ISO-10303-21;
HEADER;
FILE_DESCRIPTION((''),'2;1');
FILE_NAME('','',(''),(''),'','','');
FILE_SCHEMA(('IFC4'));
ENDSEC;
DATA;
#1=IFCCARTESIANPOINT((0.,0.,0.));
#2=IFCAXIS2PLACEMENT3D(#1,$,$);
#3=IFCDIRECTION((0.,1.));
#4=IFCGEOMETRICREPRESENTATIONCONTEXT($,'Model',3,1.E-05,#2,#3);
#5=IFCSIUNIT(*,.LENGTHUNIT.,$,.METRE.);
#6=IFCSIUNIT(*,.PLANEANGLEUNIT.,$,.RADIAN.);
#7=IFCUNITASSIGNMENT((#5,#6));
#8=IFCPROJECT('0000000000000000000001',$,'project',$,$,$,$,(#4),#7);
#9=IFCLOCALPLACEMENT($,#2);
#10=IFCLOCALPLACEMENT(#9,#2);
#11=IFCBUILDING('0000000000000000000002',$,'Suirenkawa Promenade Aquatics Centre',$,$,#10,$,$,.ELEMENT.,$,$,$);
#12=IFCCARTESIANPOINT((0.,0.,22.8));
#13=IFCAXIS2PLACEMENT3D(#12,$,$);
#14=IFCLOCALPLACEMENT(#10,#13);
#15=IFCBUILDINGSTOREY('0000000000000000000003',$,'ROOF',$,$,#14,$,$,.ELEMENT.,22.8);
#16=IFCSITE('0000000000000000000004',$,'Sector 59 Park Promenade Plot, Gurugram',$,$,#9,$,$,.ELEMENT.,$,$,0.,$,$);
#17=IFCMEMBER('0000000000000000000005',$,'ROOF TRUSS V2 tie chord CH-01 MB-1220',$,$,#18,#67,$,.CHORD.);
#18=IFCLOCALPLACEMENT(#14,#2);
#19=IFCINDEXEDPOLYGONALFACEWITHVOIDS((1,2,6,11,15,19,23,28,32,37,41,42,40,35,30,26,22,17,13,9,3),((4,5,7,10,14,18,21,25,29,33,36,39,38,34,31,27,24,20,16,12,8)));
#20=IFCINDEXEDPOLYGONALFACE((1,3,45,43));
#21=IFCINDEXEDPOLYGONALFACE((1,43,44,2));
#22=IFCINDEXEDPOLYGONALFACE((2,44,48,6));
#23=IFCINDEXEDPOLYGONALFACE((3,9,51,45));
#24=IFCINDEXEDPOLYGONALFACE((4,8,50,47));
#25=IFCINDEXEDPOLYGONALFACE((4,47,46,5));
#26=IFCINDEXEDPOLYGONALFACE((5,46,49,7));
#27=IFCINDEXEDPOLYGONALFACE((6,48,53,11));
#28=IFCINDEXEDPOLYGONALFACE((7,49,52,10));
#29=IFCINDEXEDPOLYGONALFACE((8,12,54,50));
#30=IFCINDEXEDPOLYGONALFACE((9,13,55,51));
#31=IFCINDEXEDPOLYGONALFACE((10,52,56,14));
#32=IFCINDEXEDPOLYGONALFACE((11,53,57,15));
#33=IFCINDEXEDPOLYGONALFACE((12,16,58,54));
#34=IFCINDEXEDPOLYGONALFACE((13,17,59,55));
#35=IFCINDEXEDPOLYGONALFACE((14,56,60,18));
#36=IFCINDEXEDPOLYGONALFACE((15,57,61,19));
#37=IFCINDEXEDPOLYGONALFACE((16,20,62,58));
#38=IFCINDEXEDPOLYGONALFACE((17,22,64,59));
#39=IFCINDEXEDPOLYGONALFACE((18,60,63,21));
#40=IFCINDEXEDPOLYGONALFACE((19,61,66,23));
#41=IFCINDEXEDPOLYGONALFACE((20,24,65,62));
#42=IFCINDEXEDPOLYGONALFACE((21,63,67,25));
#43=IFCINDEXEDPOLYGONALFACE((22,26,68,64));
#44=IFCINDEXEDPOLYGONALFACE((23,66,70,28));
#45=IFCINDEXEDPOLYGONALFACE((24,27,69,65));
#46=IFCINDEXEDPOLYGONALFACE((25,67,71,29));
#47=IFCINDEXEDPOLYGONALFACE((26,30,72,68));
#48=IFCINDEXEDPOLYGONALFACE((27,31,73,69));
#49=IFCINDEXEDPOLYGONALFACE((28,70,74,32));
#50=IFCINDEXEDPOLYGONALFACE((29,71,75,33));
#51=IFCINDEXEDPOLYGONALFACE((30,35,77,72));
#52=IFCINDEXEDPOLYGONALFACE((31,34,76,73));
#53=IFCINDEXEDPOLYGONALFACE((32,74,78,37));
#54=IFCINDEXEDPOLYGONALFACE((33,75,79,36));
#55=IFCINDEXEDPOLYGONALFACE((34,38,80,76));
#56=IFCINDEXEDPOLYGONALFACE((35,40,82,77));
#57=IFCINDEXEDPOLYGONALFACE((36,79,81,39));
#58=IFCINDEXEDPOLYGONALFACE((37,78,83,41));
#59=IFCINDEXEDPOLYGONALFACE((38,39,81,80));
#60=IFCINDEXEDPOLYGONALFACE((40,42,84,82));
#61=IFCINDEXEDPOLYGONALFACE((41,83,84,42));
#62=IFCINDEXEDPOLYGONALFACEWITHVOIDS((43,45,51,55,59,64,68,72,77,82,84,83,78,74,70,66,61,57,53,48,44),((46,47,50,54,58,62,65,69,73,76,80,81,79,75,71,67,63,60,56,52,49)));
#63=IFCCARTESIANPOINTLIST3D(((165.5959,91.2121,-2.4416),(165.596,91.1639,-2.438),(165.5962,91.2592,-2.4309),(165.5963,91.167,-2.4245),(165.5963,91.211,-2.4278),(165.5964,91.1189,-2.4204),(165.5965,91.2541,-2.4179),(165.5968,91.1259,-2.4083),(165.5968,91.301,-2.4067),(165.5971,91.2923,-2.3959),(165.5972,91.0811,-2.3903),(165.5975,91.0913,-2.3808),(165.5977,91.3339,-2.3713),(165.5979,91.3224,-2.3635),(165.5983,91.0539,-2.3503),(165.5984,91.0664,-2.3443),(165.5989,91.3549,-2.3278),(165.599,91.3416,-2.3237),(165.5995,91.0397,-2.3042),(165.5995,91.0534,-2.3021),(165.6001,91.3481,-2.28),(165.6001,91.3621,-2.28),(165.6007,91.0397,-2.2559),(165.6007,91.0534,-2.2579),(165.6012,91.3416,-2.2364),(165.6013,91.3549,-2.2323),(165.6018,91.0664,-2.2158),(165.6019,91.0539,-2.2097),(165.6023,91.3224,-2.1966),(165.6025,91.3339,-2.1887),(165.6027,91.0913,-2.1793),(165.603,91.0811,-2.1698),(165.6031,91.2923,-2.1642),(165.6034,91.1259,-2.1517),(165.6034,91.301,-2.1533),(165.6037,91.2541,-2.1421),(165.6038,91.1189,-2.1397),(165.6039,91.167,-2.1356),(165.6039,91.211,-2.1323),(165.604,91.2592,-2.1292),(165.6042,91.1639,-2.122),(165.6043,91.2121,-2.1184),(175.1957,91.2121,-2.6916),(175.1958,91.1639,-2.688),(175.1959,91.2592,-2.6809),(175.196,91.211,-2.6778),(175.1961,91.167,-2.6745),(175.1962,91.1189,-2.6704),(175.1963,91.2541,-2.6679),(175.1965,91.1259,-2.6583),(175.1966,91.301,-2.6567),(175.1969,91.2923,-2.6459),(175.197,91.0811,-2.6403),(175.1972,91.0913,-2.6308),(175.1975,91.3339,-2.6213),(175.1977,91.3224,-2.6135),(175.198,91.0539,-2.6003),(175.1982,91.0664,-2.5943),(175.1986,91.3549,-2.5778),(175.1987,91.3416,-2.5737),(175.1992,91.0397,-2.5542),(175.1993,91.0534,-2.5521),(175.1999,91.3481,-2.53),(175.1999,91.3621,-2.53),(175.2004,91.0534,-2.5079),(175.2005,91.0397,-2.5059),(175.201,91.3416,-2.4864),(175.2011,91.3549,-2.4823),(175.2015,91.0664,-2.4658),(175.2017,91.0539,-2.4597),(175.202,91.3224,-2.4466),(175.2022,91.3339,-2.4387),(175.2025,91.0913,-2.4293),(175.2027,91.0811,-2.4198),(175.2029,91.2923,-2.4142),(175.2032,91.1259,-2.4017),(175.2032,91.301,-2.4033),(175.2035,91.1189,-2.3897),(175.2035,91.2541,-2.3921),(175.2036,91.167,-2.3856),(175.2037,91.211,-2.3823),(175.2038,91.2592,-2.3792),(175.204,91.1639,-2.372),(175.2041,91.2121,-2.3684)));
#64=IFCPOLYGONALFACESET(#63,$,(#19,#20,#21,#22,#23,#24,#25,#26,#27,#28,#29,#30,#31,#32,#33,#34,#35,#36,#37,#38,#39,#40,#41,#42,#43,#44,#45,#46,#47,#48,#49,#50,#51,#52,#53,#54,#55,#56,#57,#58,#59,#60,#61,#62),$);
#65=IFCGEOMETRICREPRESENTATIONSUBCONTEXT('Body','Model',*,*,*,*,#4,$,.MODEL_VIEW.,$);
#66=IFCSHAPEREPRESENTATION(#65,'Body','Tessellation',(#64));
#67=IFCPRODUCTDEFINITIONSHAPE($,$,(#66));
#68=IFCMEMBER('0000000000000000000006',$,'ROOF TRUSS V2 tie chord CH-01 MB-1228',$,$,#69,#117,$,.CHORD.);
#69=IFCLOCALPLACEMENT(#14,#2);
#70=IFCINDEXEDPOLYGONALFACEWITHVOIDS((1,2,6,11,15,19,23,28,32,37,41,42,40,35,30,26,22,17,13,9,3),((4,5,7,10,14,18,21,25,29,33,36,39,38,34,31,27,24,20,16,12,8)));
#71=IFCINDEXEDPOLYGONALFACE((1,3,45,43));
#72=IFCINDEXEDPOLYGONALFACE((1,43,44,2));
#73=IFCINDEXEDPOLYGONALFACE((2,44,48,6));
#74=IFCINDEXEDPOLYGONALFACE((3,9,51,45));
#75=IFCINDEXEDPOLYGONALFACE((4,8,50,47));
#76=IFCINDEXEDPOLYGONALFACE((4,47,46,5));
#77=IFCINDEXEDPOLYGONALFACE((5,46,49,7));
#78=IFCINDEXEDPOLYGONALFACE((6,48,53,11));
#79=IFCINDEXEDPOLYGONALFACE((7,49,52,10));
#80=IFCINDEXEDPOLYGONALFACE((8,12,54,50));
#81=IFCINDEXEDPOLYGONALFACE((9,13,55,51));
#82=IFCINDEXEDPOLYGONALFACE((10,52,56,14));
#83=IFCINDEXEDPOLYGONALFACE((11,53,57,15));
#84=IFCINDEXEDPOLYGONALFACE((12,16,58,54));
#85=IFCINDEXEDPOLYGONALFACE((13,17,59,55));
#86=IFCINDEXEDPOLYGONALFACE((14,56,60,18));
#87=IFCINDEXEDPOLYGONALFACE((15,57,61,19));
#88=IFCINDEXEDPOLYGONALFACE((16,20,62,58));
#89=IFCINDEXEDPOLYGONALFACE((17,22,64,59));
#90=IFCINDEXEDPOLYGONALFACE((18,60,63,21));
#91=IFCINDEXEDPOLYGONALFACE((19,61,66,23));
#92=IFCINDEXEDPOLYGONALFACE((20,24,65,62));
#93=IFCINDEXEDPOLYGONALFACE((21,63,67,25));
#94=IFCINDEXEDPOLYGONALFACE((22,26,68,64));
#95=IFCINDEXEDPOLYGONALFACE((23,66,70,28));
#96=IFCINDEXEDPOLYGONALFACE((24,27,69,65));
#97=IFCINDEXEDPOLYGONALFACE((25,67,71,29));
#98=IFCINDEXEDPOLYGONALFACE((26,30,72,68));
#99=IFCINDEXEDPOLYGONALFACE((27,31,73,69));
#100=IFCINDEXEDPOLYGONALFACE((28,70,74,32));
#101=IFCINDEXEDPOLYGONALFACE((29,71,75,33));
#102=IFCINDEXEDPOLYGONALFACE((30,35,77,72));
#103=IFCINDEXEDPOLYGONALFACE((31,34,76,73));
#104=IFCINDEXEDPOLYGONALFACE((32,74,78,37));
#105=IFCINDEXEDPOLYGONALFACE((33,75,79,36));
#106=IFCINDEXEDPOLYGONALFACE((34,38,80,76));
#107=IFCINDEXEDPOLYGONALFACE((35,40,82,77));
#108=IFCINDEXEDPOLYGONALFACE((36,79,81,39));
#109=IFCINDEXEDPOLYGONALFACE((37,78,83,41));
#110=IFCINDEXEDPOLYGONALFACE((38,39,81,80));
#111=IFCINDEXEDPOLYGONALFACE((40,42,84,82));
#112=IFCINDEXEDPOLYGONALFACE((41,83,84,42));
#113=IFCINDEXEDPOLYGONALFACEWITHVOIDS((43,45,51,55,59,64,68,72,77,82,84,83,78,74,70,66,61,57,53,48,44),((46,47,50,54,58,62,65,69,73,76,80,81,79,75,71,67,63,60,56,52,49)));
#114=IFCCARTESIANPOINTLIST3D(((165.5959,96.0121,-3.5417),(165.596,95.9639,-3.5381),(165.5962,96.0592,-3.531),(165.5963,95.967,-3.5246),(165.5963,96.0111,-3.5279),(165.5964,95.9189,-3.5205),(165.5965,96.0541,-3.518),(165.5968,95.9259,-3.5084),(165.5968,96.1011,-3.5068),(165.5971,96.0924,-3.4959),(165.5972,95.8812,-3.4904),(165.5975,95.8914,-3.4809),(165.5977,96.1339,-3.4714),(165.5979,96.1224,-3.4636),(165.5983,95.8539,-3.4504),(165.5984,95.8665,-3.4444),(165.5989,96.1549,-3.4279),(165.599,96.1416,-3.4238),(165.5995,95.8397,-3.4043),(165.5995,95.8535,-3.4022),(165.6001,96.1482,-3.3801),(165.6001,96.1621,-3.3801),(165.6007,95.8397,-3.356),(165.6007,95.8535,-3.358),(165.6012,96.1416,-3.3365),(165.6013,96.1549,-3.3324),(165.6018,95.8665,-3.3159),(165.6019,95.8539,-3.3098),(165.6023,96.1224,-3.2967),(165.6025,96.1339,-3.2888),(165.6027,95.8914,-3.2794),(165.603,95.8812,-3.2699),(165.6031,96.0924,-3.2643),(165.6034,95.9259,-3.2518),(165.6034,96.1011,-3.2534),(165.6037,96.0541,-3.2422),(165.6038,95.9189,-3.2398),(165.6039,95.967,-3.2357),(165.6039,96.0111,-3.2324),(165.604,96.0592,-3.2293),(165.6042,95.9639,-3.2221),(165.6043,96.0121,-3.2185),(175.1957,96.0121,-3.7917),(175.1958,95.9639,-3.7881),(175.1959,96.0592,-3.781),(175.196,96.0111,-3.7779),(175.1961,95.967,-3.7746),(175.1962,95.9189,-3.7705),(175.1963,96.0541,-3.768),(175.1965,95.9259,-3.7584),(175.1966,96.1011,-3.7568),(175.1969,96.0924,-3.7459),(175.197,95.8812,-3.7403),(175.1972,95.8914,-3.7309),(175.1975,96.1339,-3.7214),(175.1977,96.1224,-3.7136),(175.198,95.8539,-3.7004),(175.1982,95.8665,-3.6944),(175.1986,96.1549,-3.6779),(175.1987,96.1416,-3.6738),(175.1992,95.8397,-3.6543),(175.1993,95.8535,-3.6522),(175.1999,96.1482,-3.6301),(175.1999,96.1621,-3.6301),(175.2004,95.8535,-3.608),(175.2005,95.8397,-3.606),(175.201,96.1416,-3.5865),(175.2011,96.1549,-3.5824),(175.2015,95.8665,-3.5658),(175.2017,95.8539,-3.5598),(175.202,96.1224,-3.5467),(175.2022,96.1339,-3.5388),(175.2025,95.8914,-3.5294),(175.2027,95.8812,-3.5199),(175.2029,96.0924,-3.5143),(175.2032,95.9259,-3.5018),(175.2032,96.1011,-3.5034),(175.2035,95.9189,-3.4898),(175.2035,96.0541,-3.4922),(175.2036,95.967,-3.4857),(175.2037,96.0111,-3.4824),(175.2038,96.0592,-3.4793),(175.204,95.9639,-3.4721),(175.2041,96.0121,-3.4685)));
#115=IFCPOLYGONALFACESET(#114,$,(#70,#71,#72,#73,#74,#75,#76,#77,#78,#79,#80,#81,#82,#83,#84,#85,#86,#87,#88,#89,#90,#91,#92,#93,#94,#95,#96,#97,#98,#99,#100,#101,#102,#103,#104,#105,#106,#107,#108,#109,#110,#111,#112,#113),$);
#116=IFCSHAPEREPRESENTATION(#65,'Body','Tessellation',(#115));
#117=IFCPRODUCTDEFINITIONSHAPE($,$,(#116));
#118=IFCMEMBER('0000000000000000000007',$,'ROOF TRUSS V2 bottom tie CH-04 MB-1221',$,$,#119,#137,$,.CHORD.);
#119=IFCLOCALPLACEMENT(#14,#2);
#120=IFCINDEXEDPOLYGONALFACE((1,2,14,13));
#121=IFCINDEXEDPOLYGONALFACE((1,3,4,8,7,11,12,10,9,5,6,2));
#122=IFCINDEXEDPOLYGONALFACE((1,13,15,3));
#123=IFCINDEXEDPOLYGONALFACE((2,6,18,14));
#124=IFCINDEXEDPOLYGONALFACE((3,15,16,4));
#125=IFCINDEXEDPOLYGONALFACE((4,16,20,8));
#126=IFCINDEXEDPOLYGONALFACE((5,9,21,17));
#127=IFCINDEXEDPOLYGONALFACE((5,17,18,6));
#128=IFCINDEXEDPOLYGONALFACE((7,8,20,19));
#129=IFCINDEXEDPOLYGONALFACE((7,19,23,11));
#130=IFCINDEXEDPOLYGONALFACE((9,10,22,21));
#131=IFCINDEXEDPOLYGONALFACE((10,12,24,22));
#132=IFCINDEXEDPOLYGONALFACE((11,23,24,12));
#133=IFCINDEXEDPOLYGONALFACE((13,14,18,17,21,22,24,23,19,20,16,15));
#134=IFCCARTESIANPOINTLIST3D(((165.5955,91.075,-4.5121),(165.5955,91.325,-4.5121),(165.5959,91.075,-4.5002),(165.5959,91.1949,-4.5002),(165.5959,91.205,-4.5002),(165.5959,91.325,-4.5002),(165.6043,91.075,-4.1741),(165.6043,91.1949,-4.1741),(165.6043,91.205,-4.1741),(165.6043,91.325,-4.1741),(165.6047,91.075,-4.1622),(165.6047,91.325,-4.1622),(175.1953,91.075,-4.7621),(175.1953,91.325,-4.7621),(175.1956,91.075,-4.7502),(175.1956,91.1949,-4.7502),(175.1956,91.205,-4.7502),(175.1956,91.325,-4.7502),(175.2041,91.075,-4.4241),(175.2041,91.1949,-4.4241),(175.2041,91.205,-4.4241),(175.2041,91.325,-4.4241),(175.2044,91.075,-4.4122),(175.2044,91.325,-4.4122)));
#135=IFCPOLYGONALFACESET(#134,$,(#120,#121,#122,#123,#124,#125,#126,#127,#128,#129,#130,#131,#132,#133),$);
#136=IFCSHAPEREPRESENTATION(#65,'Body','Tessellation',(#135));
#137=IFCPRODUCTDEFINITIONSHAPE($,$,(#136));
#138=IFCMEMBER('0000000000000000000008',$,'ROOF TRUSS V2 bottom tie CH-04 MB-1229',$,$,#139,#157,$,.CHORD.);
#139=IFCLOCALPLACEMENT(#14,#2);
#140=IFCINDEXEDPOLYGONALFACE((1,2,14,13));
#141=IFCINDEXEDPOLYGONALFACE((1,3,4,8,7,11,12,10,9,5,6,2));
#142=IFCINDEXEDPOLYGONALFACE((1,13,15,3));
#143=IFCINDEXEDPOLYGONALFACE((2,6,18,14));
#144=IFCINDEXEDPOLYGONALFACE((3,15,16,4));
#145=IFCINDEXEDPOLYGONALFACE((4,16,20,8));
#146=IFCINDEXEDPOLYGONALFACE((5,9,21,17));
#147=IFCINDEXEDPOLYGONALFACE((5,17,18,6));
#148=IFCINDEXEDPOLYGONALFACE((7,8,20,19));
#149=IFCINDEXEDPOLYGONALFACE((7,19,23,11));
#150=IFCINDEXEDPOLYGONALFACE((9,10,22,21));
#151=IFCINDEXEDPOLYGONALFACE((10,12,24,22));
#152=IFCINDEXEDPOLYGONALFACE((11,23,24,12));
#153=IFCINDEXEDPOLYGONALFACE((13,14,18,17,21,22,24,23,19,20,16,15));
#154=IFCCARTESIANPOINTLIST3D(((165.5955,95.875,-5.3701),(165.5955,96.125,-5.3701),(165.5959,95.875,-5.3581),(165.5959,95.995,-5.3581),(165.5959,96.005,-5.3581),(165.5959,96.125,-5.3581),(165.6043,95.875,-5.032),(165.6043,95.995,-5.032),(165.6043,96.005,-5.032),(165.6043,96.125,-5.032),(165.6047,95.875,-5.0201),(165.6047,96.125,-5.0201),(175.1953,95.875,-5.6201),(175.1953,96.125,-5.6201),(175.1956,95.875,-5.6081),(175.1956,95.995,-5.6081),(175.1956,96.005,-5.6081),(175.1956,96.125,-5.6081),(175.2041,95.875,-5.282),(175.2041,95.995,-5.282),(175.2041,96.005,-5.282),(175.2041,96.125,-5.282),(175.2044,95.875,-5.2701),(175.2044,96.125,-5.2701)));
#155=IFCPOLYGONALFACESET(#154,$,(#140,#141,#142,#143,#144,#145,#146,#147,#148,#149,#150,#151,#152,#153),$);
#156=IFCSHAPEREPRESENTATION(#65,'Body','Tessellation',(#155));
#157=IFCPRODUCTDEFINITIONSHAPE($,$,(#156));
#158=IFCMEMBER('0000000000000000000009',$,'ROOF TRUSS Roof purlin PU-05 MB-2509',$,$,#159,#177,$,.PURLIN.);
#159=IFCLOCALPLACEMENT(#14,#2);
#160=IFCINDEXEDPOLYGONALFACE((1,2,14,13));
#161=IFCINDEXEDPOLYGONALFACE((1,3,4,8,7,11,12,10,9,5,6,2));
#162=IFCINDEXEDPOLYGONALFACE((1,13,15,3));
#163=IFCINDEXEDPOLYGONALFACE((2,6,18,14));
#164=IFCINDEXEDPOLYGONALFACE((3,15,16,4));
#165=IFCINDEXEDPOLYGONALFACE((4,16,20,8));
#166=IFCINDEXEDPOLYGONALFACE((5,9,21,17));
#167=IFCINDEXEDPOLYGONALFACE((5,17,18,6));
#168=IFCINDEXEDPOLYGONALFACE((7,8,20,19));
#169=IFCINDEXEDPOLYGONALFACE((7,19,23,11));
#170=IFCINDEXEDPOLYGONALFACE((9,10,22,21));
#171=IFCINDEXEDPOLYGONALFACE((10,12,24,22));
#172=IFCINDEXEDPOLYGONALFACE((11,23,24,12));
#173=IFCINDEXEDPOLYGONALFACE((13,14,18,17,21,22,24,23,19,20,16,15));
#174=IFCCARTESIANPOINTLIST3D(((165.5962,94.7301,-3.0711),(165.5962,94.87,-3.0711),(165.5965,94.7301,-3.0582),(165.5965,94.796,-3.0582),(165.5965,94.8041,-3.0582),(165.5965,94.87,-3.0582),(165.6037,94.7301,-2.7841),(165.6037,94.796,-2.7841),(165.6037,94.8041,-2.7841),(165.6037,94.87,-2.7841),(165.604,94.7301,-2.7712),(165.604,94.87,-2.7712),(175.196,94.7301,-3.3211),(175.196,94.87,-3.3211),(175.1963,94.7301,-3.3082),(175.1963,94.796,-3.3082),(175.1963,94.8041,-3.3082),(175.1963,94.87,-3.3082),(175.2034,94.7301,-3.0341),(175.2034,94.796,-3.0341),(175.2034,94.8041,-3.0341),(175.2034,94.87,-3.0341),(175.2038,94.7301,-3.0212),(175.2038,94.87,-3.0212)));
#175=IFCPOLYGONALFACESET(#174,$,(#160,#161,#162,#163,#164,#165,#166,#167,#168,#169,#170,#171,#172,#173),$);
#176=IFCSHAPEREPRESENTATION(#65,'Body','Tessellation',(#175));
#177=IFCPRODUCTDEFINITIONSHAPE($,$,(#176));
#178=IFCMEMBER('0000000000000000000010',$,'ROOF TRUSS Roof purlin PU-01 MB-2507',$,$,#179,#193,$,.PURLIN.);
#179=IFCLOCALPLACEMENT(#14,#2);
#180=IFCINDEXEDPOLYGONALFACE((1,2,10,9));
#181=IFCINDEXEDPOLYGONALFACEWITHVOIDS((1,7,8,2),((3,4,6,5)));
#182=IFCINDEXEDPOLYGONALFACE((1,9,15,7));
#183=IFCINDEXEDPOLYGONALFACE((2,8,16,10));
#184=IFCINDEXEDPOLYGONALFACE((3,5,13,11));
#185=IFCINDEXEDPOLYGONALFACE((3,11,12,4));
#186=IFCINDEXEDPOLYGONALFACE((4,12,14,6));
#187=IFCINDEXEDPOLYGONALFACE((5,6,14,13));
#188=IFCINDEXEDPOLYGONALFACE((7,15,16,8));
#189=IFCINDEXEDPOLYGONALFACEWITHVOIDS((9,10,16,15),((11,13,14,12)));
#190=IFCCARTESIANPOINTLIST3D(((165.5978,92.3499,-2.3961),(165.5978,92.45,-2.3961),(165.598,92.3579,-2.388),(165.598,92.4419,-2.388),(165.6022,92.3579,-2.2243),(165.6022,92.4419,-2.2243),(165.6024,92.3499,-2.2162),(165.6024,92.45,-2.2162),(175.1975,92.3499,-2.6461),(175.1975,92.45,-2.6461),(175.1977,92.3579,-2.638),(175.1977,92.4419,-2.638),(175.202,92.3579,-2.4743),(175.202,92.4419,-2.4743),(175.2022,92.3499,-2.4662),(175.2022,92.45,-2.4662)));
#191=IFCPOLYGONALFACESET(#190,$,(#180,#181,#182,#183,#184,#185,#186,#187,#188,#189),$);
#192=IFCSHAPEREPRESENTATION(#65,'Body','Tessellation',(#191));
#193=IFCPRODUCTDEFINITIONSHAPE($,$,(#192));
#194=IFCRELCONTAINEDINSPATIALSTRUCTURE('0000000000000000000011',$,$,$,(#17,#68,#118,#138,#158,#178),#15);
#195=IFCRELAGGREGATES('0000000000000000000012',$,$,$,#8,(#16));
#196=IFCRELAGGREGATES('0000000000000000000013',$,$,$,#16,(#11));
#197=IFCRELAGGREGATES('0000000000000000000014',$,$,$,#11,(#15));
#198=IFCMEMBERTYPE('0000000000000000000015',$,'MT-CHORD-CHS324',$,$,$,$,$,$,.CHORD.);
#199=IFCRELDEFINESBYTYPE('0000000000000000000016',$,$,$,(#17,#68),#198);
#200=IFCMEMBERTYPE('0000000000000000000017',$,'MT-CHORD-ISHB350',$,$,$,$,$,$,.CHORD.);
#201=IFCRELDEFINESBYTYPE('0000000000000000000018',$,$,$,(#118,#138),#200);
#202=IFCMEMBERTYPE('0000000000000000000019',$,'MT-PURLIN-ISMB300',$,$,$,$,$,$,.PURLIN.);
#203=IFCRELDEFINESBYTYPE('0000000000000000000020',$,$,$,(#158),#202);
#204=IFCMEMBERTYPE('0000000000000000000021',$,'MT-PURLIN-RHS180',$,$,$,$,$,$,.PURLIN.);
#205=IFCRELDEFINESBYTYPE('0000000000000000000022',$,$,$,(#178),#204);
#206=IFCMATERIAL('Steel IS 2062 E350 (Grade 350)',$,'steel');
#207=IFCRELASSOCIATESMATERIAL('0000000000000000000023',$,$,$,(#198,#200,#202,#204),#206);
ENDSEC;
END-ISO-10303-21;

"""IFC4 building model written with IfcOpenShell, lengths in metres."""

from ifc_helpers import new_model, si_unit, direction, frame, origin, origin_2d, place, context, subcontext, project, spatial, hollow_rectangle, hollow_circle, i_section, extrude, material, material_profile, profile_set, type_object, element, save


model = new_model("IFC4")

# Units and contexts
model_context = context("Model", 3, precision=1e-05, world=origin(), true_north=direction((0.0, 1.0)))
body_context = subcontext(model_context, "Body", "Model", "MODEL_VIEW")
ifc_project = project(units=[si_unit("LENGTHUNIT", "METRE"), si_unit("PLANEANGLEUNIT", "RADIAN")], contexts=[model_context])

# Site, building, storey
site_placement = place(None, origin())
site = spatial("IfcSite", under=ifc_project, at=site_placement, Name="Sector 59 Park Promenade Plot, Gurugram", CompositionType="ELEMENT", RefElevation=0.0)
building_placement = place(site_placement, origin())
building = spatial("IfcBuilding", under=site, at=building_placement, Name="Suirenkawa Promenade Aquatics Centre", CompositionType="ELEMENT")
storey_placement = place(building_placement, frame((0.0, 0.0, 22.8)))
storey = spatial("IfcBuildingStorey", under=building, at=storey_placement, Name="ROOF", CompositionType="ELEMENT", Elevation=22.8)

# Shared definitions
ifc_material = material(Name="Steel IS 2062 E350 (Grade 350)", Category="steel")

# Members
ifc_material_profile_1 = material_profile(ifc_material, hollow_circle(Radius=0.1621, WallThickness=0.0139, at=origin_2d()), Name="CHS 324x14", Category="steel")
ifc_profile_set_1 = profile_set([ifc_material_profile_1], Name="Steel IS 2062 E350 (Grade 350)")
member_type_1 = type_object("IfcMemberType", Name="MT-CHORD-CHS324", PredefinedType="CHORD", material=ifc_profile_set_1)
for number, where, z_axis, x_axis, name in (
    (1, (165.6001, 91.2, -2.28), (0.999661, 0.0, -0.026033), (0.0, 1.0, 0.0), "ROOF TRUSS V2 tie chord CH-01 MB-1220"),
    (2, (165.6001, 96.0, -3.3801), (0.999661, 0.0, -0.026033), (0.0, 1.0, 0.0), "ROOF TRUSS V2 tie chord CH-01 MB-1228"),
):
    element("IfcMember", number, at=place(storey_placement, frame(where, z_axis=z_axis, x_axis=x_axis)), inside=storey, type_object=member_type_1, Name=name, PredefinedType="CHORD", context=body_context, shape_type="SweptSolid", body=[
        extrude(hollow_circle(Radius=0.1621, WallThickness=0.0139, at=origin_2d()), origin(), (0.0, 0.0, 1.0), 9.603),
    ])
ifc_material_profile_2 = material_profile(ifc_material, i_section(OverallWidth=0.25, OverallDepth=0.3501, WebThickness=0.01, FlangeThickness=0.012, at=origin_2d()), Name="ISHB 350", Category="steel")
ifc_profile_set_2 = profile_set([ifc_material_profile_2], Name="Steel IS 2062 E350 (Grade 350)")
member_type_2 = type_object("IfcMemberType", Name="MT-CHORD-ISHB350", PredefinedType="CHORD", material=ifc_profile_set_2)
for number, where, z_axis, x_axis, name in (
    (3, (165.6001, 91.2, -4.3372), (0.999661, 0.0, -0.026033), (0.0, 1.0, 0.0), "ROOF TRUSS V2 bottom tie CH-04 MB-1221"),
    (4, (165.6001, 96.0, -5.1951), (0.999661, 0.0, -0.026033), (0.0, 1.0, 0.0), "ROOF TRUSS V2 bottom tie CH-04 MB-1229"),
):
    element("IfcMember", number, at=place(storey_placement, frame(where, z_axis=z_axis, x_axis=x_axis)), inside=storey, type_object=member_type_2, Name=name, PredefinedType="CHORD", context=body_context, shape_type="SweptSolid", body=[
        extrude(i_section(OverallWidth=0.25, OverallDepth=0.3501, WebThickness=0.01, FlangeThickness=0.012, at=origin_2d()), origin(), (0.0, 0.0, 1.0), 9.603),
    ])
ifc_material_profile_3 = material_profile(ifc_material, i_section(OverallWidth=0.1399, OverallDepth=0.3, WebThickness=0.0081, FlangeThickness=0.0129, at=origin_2d()), Name="ISMB 300", Category="steel")
ifc_profile_set_3 = profile_set([ifc_material_profile_3], Name="Steel IS 2062 E350 (Grade 350)")
member_type_3 = type_object("IfcMemberType", Name="MT-PURLIN-ISMB300", PredefinedType="PURLIN", material=ifc_profile_set_3)
member_1_placement = place(storey_placement, frame((165.6001, 94.8, -2.9211), z_axis=(0.999661, 0.0, -0.026033), x_axis=(0.0, 1.0, 0.0)))
element("IfcMember", 5, at=member_1_placement, inside=storey, type_object=member_type_3, Name="ROOF TRUSS Roof purlin PU-05 MB-2509", PredefinedType="PURLIN", context=body_context, shape_type="SweptSolid", body=[
    extrude(i_section(OverallWidth=0.1399, OverallDepth=0.3, WebThickness=0.0081, FlangeThickness=0.0129, at=origin_2d()), origin(), (0.0, 0.0, 1.0), 9.603),
])
ifc_material_profile_4 = material_profile(ifc_material, hollow_rectangle(XDim=0.1001, YDim=0.1799, WallThickness=0.0081, at=origin_2d()), Name="RHS 180x100x8", Category="steel")
ifc_profile_set_4 = profile_set([ifc_material_profile_4], Name="Steel IS 2062 E350 (Grade 350)")
member_type_4 = type_object("IfcMemberType", Name="MT-PURLIN-RHS180", PredefinedType="PURLIN", material=ifc_profile_set_4)
for number, where, z_axis, x_axis, name in (
    (6, (165.6001, 92.3999, -2.3062), (0.999661, 0.0, -0.026033), (0.0, 1.0, 0.0), "ROOF TRUSS Roof purlin PU-01 MB-2507"),
):
    element("IfcMember", number, at=place(storey_placement, frame(where, z_axis=z_axis, x_axis=x_axis)), inside=storey, type_object=member_type_4, Name=name, PredefinedType="PURLIN", context=body_context, shape_type="SweptSolid", body=[
        extrude(hollow_rectangle(XDim=0.1001, YDim=0.1799, WallThickness=0.0081, at=origin_2d()), origin(), (0.0, 0.0, 1.0), 9.603),
    ])

save(model, "model.ifc")
